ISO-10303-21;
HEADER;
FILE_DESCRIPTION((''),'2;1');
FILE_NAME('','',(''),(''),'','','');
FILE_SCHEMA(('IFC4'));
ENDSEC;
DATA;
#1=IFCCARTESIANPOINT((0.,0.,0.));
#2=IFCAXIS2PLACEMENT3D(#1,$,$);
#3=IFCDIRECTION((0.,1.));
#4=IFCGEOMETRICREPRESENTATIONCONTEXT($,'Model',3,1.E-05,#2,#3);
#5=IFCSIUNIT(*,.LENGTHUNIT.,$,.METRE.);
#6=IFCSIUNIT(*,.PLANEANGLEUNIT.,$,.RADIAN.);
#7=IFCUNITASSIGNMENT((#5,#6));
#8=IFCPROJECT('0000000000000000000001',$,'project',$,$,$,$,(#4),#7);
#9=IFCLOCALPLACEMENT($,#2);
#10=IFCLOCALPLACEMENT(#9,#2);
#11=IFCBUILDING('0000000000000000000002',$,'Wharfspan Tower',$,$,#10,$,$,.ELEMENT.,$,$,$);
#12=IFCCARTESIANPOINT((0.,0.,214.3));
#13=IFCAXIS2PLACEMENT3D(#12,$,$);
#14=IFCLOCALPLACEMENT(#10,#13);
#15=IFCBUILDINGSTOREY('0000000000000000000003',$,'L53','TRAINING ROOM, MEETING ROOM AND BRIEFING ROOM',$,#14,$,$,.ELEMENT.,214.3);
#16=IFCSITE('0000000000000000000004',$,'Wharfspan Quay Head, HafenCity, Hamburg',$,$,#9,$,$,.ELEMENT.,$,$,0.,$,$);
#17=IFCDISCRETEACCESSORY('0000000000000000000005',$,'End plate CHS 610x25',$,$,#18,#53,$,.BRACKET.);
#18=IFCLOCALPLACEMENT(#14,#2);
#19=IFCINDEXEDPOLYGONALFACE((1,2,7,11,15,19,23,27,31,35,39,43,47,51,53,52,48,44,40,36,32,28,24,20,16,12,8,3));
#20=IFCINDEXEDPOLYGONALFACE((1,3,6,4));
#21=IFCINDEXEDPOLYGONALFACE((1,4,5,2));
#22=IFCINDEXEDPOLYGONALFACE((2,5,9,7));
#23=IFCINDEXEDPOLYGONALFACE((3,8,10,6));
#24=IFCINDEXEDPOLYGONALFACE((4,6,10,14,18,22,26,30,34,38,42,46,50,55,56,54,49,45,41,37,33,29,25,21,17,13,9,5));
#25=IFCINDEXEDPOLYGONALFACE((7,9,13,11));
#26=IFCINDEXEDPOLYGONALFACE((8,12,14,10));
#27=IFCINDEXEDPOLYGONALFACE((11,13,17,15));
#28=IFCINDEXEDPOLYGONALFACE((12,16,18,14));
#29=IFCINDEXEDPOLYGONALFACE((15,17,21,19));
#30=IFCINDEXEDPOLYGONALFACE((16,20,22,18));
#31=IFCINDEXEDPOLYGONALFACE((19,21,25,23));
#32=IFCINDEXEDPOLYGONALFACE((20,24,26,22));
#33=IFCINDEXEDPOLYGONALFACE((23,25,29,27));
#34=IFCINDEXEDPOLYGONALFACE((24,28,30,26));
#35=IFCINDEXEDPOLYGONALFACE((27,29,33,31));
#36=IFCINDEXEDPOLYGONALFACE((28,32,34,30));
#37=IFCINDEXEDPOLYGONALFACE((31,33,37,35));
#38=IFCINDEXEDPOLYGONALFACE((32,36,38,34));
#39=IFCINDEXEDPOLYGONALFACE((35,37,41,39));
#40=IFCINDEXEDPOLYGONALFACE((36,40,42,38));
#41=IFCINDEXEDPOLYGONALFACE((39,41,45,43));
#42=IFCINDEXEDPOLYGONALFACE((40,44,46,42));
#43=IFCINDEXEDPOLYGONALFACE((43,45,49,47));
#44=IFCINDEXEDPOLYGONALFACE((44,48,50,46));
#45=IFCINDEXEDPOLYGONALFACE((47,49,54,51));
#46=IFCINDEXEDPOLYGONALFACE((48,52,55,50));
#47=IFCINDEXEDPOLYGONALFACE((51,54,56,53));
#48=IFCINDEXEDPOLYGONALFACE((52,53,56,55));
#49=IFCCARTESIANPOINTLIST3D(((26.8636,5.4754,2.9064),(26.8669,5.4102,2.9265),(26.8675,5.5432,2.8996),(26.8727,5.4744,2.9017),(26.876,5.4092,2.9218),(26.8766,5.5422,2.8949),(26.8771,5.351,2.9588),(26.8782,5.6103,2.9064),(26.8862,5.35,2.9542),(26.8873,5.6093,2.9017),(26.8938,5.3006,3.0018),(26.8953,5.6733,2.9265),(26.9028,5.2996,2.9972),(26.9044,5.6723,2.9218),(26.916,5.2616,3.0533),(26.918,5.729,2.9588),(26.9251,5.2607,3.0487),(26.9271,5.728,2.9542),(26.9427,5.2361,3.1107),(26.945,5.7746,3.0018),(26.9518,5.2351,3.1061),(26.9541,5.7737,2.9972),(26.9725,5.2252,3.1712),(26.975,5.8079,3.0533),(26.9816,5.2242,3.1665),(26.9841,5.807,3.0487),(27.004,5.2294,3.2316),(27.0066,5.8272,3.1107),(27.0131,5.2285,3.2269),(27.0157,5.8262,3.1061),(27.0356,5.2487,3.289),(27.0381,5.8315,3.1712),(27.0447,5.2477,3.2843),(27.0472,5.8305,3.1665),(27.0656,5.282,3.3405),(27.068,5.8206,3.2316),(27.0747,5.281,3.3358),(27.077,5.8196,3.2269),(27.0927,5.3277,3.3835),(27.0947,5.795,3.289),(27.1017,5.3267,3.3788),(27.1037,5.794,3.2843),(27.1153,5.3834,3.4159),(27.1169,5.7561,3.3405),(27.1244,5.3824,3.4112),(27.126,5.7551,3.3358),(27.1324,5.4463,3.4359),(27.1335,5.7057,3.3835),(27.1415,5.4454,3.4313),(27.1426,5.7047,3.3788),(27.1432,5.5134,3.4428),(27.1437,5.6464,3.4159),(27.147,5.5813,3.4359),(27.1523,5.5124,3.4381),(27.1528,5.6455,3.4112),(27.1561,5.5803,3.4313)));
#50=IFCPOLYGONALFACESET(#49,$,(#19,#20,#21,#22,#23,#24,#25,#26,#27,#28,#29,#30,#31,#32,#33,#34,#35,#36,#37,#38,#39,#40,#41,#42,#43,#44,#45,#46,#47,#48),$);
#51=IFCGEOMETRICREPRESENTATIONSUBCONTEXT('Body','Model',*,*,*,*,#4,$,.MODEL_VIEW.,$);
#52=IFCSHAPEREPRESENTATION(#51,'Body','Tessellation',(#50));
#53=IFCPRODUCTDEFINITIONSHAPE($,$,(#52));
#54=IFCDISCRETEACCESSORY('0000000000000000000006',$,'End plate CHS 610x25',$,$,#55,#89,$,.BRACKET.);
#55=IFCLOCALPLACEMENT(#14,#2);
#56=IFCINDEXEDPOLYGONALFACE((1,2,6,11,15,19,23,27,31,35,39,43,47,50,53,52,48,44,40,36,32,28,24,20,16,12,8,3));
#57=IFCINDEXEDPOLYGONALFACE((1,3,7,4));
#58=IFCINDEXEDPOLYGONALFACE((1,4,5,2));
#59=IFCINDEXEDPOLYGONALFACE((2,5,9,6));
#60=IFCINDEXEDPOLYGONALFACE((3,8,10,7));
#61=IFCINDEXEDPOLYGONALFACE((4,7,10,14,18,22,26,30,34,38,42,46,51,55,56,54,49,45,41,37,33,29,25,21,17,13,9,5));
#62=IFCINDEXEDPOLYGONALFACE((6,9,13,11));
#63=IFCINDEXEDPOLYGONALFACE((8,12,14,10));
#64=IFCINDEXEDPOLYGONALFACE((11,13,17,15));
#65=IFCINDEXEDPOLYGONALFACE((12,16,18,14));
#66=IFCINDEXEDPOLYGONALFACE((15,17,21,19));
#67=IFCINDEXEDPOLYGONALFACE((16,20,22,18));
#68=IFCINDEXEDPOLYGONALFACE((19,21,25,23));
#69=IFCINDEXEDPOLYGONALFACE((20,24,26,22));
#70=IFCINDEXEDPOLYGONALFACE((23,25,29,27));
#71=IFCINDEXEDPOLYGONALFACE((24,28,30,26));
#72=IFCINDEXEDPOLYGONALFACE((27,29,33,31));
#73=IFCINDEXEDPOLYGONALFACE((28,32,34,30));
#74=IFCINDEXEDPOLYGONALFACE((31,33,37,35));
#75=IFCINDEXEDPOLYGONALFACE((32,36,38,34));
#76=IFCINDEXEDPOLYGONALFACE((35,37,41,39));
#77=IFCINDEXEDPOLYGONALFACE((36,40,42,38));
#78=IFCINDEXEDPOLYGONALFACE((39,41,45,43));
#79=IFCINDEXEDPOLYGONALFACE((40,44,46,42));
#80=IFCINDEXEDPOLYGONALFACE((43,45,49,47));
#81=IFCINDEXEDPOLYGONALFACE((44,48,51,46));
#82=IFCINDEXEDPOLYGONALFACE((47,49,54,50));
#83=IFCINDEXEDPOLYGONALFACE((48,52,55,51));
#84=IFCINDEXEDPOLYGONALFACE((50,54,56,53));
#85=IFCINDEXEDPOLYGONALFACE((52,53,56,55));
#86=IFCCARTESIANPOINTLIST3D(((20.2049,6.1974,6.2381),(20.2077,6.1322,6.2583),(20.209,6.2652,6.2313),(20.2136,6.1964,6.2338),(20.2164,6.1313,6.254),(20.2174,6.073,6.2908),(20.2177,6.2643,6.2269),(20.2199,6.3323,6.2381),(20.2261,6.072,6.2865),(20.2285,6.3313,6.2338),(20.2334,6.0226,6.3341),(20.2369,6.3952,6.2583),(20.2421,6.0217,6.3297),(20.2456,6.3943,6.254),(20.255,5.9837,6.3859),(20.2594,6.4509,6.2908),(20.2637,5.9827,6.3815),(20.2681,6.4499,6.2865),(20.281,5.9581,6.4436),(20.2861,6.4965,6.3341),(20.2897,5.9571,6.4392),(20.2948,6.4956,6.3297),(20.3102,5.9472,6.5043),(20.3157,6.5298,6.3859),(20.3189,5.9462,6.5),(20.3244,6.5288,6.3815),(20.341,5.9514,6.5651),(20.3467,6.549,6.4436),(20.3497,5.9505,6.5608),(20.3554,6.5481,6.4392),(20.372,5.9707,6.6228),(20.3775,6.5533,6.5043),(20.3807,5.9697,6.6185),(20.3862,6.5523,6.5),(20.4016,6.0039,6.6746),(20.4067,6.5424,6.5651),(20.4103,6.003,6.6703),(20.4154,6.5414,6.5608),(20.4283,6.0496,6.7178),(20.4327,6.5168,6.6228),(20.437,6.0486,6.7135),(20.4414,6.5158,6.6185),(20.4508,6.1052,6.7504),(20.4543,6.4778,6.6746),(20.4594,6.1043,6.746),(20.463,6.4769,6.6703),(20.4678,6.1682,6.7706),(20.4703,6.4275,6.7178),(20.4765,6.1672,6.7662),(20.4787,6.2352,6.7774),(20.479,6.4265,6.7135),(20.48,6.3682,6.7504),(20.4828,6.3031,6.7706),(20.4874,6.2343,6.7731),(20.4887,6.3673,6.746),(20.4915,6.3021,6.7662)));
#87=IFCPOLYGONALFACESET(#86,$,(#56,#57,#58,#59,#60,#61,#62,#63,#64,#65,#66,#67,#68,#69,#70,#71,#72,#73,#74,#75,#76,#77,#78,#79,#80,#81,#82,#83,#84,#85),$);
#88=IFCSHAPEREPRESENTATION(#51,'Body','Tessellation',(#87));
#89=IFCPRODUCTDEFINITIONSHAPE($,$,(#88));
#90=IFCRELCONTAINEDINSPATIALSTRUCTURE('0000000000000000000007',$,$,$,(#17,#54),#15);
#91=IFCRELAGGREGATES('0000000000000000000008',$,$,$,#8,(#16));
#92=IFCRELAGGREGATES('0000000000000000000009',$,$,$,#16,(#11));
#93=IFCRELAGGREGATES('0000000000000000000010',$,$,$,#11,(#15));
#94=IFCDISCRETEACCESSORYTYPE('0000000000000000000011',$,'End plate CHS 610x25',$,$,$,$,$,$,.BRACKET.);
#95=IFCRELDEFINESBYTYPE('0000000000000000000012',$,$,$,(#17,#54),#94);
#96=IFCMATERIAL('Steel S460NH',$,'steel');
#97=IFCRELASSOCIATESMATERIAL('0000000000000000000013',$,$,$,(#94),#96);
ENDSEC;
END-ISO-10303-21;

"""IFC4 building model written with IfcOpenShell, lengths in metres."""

from ifc_helpers import new_model, si_unit, direction, frame, origin, origin_2d, place, context, subcontext, project, spatial, circle, extrude, material, material_profile, profile_set, type_object, element, save


model = new_model("IFC4")

# Units and contexts
model_context = context("Model", 3, precision=1e-05, world=origin(), true_north=direction((0.0, 1.0)))
body_context = subcontext(model_context, "Body", "Model", "MODEL_VIEW")
ifc_project = project(units=[si_unit("LENGTHUNIT", "METRE"), si_unit("PLANEANGLEUNIT", "RADIAN")], contexts=[model_context])

# Site, building, storey
site_placement = place(None, origin())
site = spatial("IfcSite", under=ifc_project, at=site_placement, Name="Wharfspan Quay Head, HafenCity, Hamburg", CompositionType="ELEMENT", RefElevation=0.0)
building_placement = place(site_placement, origin())
building = spatial("IfcBuilding", under=site, at=building_placement, Name="Wharfspan Tower", CompositionType="ELEMENT")
storey_placement = place(building_placement, frame((0.0, 0.0, 214.3)))
storey = spatial("IfcBuildingStorey", under=building, at=storey_placement, Name="L53", Description="TRAINING ROOM, MEETING ROOM AND BRIEFING ROOM", CompositionType="ELEMENT", Elevation=214.3)

# Shared definitions
ifc_material_1 = material(Name="Steel S460NH", Category="steel")

# Discrete accessories
ifc_material_profile_1 = material_profile(ifc_material_1, circle(Radius=0.3049, at=origin_2d()))
ifc_profile_set_1 = profile_set([ifc_material_profile_1], Name="Steel S460NH")
discrete_accessory_type = type_object("IfcDiscreteAccessoryType", Name="End plate CHS 610x25", PredefinedType="BRACKET", material=ifc_profile_set_1)
discrete_accessory_1_placement = place(storey_placement, frame((27.0144, 5.5273, 3.1665), z_axis=(-0.885482, 0.095728, 0.454707), x_axis=(-0.107482, -0.994211, 0.000001)))
element("IfcDiscreteAccessory", 1, at=discrete_accessory_1_placement, inside=storey, type_object=discrete_accessory_type, Name="End plate CHS 610x25", PredefinedType="BRACKET", context=body_context, shape_type="SweptSolid", body=[
    extrude(circle(Radius=0.3049, at=origin_2d()), origin(), (0.0, 0.0, 1.0), 0.0103),
])
discrete_accessory_2_placement = place(storey_placement, frame((20.3525, 6.2493, 6.5), z_axis=(-0.890043, 0.098894, 0.445021), x_axis=(-0.110431, -0.99388, 0.000001)))
element("IfcDiscreteAccessory", 2, at=discrete_accessory_2_placement, inside=storey, type_object=discrete_accessory_type, Name="End plate CHS 610x25", PredefinedType="BRACKET", context=body_context, shape_type="SweptSolid", body=[
    extrude(circle(Radius=0.3049, at=origin_2d()), origin(), (0.0, 0.0, 1.0), 0.0098),
])

save(model, "model.ifc")
